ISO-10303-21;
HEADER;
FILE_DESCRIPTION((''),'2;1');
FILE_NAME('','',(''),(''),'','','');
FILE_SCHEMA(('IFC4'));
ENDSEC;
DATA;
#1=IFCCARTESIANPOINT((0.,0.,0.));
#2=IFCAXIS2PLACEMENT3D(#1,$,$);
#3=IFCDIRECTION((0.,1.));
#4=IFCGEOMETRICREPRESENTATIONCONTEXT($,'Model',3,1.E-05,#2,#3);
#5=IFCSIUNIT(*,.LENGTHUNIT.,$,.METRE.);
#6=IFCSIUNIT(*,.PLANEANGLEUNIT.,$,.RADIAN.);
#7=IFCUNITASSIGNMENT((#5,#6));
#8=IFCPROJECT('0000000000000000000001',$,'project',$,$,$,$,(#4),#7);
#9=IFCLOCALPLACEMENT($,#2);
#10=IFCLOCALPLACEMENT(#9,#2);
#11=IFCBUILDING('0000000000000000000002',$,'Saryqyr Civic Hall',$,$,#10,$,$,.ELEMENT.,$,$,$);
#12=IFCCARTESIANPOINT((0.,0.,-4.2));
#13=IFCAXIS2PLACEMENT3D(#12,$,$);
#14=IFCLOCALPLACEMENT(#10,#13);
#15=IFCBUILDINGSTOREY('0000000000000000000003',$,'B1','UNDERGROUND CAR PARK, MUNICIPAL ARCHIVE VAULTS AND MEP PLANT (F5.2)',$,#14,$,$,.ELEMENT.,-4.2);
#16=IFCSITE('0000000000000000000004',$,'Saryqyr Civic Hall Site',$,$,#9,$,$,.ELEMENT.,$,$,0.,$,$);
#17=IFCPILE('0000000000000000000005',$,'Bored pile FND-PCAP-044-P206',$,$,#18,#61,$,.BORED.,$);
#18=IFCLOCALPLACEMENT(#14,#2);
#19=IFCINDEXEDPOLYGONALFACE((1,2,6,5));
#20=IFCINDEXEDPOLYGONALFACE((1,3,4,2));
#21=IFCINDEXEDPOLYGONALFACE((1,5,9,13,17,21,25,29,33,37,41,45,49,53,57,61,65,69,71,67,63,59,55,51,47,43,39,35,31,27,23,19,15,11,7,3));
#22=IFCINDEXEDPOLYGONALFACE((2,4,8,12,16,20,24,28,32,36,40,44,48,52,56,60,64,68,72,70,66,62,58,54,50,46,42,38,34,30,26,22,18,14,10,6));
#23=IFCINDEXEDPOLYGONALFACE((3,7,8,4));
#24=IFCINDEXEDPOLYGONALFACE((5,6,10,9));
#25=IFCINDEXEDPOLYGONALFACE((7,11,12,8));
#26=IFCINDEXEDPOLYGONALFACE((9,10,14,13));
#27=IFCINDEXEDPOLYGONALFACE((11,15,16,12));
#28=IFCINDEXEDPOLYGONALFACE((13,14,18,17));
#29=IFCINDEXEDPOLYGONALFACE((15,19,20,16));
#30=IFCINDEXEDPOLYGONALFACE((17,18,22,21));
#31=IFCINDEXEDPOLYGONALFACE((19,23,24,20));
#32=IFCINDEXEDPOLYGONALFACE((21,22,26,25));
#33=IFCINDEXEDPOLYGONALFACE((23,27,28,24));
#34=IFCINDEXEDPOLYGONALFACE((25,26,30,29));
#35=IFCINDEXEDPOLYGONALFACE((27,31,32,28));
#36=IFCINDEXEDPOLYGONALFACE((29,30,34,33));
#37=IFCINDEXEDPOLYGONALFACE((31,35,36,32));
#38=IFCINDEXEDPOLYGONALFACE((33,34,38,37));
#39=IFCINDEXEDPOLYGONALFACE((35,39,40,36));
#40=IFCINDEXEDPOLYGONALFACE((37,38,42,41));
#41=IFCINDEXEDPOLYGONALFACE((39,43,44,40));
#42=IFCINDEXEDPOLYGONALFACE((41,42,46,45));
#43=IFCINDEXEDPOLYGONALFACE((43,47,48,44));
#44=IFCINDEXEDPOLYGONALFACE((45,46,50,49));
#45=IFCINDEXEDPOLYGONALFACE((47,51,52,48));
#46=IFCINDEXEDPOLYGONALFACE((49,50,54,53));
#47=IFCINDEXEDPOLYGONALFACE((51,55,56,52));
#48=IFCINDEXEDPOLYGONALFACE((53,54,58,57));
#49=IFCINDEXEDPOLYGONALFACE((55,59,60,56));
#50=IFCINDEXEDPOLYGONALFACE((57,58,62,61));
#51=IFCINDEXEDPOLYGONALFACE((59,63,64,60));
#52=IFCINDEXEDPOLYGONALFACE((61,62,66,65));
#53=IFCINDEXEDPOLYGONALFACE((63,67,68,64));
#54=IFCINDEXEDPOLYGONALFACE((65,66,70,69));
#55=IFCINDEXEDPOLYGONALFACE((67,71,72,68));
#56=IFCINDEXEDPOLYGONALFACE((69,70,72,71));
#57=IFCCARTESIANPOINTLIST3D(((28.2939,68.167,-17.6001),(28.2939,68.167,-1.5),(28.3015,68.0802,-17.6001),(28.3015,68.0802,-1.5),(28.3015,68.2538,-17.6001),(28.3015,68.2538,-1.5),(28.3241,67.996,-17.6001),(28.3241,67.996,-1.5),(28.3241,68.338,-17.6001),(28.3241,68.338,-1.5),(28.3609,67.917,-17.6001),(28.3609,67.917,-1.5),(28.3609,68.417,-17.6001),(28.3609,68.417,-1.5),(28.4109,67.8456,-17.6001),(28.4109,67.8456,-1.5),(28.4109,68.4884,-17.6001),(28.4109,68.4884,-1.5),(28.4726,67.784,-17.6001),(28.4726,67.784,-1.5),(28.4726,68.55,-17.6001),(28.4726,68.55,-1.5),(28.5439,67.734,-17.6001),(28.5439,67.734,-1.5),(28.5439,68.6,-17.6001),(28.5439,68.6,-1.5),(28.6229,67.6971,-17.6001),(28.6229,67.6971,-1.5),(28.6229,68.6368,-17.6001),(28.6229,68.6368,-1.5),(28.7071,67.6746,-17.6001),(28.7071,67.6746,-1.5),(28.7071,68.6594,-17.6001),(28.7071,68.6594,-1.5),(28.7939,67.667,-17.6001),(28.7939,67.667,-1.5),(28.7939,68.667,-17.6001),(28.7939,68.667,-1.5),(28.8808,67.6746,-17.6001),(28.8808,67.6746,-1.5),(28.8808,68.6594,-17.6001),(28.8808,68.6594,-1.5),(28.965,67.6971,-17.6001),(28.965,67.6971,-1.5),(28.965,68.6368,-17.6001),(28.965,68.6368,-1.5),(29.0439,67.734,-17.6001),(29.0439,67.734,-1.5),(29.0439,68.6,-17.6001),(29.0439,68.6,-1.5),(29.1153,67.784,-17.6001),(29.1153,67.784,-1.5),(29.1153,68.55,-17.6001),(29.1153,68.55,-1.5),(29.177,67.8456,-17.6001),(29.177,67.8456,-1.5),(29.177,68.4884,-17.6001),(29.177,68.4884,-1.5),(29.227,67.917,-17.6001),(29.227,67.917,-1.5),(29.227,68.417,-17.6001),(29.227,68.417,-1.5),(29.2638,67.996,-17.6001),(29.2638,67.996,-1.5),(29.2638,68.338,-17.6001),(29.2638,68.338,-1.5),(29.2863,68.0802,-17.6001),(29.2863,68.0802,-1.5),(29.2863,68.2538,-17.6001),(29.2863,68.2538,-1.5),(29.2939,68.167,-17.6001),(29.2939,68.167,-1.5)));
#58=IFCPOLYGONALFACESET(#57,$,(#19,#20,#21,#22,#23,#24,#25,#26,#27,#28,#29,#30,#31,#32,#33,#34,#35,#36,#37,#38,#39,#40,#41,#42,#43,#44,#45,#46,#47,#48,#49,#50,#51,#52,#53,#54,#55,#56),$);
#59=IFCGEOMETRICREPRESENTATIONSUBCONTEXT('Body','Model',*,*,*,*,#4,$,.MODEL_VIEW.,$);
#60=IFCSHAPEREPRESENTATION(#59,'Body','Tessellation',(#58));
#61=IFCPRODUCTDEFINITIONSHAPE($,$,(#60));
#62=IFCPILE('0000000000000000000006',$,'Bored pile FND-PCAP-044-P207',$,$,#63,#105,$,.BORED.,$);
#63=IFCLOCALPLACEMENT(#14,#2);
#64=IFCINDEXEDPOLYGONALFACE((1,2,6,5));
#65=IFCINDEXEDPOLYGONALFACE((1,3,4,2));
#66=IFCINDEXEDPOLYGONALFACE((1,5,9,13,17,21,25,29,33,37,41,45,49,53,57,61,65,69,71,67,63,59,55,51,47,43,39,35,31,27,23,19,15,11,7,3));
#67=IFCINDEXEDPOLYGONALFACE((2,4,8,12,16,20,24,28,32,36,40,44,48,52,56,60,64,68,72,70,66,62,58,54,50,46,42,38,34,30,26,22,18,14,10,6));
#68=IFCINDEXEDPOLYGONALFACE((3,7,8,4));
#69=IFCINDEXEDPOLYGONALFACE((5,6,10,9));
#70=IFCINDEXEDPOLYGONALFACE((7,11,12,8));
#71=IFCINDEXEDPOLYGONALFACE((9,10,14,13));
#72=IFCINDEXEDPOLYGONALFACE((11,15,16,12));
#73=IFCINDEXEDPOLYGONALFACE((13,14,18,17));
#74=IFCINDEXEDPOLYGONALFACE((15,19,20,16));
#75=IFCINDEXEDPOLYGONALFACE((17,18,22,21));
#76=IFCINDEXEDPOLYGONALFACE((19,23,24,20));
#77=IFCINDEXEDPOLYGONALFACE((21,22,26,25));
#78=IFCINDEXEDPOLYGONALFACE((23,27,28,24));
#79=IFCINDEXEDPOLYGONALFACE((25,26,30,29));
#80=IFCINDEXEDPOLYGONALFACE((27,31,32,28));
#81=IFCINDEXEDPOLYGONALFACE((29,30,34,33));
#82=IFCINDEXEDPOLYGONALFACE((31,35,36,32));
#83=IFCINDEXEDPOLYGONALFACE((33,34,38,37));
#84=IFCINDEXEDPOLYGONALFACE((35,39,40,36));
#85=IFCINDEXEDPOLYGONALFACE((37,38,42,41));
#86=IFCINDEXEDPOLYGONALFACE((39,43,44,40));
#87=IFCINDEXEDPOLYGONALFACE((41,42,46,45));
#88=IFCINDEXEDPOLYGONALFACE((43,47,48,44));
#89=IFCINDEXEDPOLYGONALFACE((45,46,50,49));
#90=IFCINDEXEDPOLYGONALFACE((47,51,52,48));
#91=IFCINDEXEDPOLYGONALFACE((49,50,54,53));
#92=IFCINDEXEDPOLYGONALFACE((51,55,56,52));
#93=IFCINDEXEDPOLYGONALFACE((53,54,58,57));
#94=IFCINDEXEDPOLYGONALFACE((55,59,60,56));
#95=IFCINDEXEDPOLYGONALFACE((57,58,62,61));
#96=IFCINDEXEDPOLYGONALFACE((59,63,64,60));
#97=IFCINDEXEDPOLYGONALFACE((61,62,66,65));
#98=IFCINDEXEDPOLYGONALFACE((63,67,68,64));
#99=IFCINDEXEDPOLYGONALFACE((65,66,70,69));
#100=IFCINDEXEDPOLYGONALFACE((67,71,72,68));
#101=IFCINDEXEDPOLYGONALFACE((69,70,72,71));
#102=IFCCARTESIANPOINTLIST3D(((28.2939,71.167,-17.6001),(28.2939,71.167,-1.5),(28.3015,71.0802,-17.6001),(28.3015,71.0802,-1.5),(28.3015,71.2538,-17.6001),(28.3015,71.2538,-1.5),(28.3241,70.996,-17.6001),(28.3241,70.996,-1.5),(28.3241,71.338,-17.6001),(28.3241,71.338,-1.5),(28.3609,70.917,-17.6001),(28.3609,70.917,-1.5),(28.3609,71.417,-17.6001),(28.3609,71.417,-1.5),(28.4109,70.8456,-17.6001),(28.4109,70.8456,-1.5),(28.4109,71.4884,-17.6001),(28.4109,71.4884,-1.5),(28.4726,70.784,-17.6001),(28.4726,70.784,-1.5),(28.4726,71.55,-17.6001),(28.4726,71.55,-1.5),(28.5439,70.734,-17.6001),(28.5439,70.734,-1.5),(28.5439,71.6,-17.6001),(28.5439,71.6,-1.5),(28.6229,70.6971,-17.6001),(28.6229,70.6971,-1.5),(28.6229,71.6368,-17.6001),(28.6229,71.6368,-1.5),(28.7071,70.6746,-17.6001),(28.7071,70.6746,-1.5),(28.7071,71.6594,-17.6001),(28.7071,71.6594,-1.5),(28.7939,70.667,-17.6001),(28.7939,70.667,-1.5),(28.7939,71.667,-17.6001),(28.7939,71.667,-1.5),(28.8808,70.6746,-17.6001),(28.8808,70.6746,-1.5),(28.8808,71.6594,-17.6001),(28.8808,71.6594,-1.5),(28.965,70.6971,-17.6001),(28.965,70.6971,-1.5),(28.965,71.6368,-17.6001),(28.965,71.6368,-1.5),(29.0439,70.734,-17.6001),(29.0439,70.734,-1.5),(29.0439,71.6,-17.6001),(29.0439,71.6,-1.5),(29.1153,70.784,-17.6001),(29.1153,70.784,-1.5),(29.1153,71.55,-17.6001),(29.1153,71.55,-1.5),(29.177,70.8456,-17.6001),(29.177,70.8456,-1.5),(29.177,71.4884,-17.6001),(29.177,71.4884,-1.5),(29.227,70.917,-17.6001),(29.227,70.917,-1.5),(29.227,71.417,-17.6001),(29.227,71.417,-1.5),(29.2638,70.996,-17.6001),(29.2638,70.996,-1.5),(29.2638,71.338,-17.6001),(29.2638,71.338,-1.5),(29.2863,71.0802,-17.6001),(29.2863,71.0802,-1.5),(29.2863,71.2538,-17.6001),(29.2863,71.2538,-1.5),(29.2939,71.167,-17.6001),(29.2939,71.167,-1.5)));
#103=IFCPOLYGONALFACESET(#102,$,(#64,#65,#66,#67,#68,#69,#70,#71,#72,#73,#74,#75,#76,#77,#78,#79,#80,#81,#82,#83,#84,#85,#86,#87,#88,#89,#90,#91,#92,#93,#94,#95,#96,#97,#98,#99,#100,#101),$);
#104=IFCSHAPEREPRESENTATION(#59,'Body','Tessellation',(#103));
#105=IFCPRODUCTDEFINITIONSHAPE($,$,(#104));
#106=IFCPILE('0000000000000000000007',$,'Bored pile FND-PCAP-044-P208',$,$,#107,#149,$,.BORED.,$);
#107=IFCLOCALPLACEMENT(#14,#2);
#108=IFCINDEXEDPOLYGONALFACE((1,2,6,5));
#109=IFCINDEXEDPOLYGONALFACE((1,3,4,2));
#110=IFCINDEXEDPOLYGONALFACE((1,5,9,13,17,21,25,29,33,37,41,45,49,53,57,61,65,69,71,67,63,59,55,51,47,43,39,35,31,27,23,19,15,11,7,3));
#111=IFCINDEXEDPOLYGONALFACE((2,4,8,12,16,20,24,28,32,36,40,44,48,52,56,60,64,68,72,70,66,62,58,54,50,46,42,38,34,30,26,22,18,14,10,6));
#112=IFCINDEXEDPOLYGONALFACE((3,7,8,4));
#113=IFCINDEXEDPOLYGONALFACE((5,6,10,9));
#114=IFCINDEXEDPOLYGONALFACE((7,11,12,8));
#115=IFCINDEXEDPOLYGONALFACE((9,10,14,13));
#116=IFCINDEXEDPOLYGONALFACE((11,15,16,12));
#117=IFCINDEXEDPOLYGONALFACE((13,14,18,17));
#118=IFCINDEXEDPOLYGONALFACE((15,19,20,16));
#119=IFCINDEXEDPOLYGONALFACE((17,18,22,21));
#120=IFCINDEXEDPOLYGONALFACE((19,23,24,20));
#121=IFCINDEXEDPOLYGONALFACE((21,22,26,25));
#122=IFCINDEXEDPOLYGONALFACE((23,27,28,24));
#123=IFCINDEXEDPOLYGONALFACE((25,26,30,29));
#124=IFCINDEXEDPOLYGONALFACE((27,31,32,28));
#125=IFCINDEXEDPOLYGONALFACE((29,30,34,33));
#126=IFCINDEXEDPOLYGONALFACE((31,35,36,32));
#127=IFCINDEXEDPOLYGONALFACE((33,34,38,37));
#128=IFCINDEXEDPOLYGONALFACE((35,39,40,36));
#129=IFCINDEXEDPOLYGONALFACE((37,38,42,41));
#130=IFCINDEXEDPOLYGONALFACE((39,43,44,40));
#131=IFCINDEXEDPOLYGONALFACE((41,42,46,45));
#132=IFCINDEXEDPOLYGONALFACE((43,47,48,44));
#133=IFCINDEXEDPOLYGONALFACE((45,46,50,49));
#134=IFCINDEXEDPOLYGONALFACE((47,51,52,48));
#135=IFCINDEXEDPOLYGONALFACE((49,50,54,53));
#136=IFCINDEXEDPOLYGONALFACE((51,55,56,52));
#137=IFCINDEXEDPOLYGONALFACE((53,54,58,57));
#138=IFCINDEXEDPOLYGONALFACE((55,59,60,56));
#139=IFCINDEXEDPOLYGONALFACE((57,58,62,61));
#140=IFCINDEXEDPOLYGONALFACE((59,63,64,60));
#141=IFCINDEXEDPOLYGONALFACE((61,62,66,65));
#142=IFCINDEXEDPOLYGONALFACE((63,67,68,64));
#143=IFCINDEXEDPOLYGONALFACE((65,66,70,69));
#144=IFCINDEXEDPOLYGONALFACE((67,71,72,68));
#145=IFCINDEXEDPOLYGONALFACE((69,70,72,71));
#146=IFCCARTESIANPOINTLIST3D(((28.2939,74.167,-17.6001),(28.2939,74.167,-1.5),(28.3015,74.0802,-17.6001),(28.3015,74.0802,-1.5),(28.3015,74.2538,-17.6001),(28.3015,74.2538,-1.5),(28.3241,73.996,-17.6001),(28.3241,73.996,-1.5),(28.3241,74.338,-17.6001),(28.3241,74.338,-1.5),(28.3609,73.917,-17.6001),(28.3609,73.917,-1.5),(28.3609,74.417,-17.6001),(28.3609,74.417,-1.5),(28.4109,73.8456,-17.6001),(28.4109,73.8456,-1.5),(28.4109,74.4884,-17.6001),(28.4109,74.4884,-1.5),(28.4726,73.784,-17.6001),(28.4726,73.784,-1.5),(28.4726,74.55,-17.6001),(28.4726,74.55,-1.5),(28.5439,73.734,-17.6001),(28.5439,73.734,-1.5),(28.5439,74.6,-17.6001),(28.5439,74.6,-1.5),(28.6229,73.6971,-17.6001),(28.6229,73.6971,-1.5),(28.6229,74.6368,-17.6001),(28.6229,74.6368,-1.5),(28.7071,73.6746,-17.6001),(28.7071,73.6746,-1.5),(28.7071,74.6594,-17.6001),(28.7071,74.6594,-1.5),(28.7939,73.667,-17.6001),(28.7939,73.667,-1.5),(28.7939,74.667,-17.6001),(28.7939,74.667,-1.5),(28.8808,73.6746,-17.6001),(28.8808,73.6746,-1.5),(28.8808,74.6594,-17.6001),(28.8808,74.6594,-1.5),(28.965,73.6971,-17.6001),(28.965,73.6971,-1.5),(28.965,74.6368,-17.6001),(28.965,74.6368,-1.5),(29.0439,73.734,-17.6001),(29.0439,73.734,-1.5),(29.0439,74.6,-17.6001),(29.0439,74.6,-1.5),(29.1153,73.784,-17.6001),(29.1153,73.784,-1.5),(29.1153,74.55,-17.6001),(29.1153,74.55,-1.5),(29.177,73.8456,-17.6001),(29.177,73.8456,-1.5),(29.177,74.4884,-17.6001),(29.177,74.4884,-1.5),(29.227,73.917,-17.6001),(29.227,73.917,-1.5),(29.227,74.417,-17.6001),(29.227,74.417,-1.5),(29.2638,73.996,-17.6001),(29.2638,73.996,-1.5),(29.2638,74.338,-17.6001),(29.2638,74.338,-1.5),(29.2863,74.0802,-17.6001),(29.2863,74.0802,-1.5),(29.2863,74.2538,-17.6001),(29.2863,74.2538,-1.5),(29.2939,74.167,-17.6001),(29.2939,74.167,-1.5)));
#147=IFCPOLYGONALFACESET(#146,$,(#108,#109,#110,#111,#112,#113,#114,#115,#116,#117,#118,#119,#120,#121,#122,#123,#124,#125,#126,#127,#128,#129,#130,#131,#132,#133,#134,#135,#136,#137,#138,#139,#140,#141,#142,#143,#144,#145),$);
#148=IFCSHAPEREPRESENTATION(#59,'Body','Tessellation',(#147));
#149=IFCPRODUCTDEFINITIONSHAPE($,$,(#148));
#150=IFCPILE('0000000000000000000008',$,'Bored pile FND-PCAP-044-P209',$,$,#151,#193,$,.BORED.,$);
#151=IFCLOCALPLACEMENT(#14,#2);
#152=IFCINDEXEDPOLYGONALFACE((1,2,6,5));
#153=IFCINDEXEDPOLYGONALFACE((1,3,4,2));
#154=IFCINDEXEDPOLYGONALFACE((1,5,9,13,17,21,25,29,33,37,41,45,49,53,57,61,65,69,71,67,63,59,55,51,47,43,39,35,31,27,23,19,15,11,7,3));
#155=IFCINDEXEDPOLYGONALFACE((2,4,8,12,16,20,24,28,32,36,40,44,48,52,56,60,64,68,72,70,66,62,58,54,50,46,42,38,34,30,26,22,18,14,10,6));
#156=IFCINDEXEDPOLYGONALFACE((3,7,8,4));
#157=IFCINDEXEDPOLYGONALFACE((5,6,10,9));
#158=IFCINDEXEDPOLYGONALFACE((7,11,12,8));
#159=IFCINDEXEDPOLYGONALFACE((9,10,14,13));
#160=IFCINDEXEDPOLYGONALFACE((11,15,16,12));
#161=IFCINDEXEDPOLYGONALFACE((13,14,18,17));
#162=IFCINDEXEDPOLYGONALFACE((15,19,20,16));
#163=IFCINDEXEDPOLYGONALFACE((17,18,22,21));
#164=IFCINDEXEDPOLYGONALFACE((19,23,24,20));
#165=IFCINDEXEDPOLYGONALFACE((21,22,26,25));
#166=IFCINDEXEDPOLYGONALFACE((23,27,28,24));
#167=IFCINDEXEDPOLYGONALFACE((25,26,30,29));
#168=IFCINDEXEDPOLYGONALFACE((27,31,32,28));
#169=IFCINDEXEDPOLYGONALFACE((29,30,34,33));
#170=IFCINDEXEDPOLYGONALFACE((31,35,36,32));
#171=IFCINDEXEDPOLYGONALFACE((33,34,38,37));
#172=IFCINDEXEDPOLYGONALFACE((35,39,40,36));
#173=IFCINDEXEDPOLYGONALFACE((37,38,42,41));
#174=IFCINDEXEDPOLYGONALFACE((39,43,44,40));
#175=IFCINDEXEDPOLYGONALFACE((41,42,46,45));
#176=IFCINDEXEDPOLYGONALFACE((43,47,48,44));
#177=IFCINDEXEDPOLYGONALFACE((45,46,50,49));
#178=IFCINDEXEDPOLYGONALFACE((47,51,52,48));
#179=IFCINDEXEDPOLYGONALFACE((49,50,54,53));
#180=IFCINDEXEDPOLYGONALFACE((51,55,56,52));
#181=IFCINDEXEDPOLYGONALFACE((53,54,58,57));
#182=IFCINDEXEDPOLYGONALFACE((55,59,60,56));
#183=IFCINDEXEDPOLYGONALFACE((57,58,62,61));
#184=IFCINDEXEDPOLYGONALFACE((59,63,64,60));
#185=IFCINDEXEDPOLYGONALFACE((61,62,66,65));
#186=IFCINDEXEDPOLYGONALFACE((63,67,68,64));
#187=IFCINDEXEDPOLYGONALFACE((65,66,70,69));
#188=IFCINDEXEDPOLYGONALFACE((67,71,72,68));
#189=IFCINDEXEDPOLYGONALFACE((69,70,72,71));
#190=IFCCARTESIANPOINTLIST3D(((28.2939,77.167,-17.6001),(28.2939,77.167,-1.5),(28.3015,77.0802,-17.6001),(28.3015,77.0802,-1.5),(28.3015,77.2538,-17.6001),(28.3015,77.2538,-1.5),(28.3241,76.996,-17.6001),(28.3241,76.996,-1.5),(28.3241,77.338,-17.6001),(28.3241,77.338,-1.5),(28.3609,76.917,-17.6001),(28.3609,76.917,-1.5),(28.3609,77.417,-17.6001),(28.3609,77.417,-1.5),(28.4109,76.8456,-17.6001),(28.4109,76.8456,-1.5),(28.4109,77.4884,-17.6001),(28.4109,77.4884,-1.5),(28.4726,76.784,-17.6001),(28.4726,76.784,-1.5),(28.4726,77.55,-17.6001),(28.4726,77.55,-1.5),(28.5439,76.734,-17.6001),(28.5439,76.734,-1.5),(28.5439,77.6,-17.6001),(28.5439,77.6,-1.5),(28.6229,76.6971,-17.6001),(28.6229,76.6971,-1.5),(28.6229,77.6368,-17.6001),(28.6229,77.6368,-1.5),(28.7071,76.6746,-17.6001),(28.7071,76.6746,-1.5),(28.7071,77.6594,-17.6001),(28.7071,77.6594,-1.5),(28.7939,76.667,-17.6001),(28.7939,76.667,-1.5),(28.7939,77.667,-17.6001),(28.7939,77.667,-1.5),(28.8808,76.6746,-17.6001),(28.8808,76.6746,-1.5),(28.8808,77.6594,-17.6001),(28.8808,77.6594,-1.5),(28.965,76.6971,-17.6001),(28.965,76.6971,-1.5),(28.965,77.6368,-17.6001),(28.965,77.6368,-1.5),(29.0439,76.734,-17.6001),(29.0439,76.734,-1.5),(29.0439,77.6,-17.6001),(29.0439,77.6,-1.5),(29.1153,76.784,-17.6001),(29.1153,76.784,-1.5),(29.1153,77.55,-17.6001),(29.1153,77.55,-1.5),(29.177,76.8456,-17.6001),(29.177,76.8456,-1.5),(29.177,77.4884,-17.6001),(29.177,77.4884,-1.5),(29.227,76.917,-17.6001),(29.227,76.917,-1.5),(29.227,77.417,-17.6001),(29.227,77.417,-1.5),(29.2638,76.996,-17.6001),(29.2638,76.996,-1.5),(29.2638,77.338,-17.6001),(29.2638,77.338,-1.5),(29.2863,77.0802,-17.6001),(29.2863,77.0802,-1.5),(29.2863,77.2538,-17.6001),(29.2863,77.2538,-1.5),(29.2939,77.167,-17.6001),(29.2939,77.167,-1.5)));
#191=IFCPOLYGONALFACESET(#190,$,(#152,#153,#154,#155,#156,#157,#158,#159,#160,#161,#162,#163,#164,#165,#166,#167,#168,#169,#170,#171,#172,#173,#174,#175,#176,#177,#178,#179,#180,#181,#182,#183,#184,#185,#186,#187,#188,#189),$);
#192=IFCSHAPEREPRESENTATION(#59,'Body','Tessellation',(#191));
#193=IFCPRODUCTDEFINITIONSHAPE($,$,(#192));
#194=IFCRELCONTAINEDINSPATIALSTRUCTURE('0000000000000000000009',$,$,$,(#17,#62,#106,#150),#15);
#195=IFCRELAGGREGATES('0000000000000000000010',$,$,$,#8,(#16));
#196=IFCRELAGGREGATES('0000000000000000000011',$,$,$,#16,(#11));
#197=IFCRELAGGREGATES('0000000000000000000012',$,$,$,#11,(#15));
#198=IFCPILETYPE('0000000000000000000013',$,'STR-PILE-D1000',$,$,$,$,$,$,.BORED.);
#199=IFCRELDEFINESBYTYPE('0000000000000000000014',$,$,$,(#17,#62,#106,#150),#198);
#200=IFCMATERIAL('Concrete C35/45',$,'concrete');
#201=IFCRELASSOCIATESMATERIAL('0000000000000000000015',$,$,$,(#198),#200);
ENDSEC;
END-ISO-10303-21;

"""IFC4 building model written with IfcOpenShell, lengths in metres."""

from ifc_helpers import new_model, si_unit, direction, frame, origin, origin_2d, place, context, subcontext, project, spatial, circle, extrude, material, material_profile, profile_set, type_object, element, save


model = new_model("IFC4")

# Units and contexts
model_context = context("Model", 3, precision=1e-05, world=origin(), true_north=direction((0.0, 1.0)))
body_context = subcontext(model_context, "Body", "Model", "MODEL_VIEW")
ifc_project = project(units=[si_unit("LENGTHUNIT", "METRE"), si_unit("PLANEANGLEUNIT", "RADIAN")], contexts=[model_context])

# Site, building, storey
site_placement = place(None, origin())
site = spatial("IfcSite", under=ifc_project, at=site_placement, Name="Saryqyr Civic Hall Site", CompositionType="ELEMENT", RefElevation=0.0)
building_placement = place(site_placement, origin())
building = spatial("IfcBuilding", under=site, at=building_placement, Name="Saryqyr Civic Hall", CompositionType="ELEMENT")
storey_placement = place(building_placement, frame((0.0, 0.0, -4.2)))
storey = spatial("IfcBuildingStorey", under=building, at=storey_placement, Name="B1", Description="UNDERGROUND CAR PARK, MUNICIPAL ARCHIVE VAULTS AND MEP PLANT (F5.2)", CompositionType="ELEMENT", Elevation=-4.2)

# Shared definitions
ifc_material_1 = material(Name="Concrete C35/45", Category="concrete")

# Piles
ifc_material_profile_1 = material_profile(ifc_material_1, circle(Radius=0.5, at=origin_2d()), Name="BORED PILE D1000")
ifc_profile_set_1 = profile_set([ifc_material_profile_1], Name="Concrete C35/45")
pile_type = type_object("IfcPileType", Name="STR-PILE-D1000", PredefinedType="BORED", material=ifc_profile_set_1)
for number, where, z_axis, x_axis, name in (
    (1, (28.7939, 68.167, -1.5), (0.0, 0.0, -1.0), (1.0, 0.0, 0.0), "Bored pile FND-PCAP-044-P206"),
    (2, (28.7939, 71.167, -1.5), (0.0, 0.0, -1.0), (1.0, 0.0, 0.0), "Bored pile FND-PCAP-044-P207"),
    (3, (28.7939, 74.167, -1.5), (0.0, 0.0, -1.0), (1.0, 0.0, 0.0), "Bored pile FND-PCAP-044-P208"),
    (4, (28.7939, 77.167, -1.5), (0.0, 0.0, -1.0), (1.0, 0.0, 0.0), "Bored pile FND-PCAP-044-P209"),
):
    element("IfcPile", number, at=place(storey_placement, frame(where, z_axis=z_axis, x_axis=x_axis)), inside=storey, type_object=pile_type, Name=name, PredefinedType="BORED", context=body_context, shape_type="SweptSolid", body=[
        extrude(circle(Radius=0.5, at=origin_2d()), origin(), (0.0, 0.0, 1.0), 16.1001),
    ])

save(model, "model.ifc")
